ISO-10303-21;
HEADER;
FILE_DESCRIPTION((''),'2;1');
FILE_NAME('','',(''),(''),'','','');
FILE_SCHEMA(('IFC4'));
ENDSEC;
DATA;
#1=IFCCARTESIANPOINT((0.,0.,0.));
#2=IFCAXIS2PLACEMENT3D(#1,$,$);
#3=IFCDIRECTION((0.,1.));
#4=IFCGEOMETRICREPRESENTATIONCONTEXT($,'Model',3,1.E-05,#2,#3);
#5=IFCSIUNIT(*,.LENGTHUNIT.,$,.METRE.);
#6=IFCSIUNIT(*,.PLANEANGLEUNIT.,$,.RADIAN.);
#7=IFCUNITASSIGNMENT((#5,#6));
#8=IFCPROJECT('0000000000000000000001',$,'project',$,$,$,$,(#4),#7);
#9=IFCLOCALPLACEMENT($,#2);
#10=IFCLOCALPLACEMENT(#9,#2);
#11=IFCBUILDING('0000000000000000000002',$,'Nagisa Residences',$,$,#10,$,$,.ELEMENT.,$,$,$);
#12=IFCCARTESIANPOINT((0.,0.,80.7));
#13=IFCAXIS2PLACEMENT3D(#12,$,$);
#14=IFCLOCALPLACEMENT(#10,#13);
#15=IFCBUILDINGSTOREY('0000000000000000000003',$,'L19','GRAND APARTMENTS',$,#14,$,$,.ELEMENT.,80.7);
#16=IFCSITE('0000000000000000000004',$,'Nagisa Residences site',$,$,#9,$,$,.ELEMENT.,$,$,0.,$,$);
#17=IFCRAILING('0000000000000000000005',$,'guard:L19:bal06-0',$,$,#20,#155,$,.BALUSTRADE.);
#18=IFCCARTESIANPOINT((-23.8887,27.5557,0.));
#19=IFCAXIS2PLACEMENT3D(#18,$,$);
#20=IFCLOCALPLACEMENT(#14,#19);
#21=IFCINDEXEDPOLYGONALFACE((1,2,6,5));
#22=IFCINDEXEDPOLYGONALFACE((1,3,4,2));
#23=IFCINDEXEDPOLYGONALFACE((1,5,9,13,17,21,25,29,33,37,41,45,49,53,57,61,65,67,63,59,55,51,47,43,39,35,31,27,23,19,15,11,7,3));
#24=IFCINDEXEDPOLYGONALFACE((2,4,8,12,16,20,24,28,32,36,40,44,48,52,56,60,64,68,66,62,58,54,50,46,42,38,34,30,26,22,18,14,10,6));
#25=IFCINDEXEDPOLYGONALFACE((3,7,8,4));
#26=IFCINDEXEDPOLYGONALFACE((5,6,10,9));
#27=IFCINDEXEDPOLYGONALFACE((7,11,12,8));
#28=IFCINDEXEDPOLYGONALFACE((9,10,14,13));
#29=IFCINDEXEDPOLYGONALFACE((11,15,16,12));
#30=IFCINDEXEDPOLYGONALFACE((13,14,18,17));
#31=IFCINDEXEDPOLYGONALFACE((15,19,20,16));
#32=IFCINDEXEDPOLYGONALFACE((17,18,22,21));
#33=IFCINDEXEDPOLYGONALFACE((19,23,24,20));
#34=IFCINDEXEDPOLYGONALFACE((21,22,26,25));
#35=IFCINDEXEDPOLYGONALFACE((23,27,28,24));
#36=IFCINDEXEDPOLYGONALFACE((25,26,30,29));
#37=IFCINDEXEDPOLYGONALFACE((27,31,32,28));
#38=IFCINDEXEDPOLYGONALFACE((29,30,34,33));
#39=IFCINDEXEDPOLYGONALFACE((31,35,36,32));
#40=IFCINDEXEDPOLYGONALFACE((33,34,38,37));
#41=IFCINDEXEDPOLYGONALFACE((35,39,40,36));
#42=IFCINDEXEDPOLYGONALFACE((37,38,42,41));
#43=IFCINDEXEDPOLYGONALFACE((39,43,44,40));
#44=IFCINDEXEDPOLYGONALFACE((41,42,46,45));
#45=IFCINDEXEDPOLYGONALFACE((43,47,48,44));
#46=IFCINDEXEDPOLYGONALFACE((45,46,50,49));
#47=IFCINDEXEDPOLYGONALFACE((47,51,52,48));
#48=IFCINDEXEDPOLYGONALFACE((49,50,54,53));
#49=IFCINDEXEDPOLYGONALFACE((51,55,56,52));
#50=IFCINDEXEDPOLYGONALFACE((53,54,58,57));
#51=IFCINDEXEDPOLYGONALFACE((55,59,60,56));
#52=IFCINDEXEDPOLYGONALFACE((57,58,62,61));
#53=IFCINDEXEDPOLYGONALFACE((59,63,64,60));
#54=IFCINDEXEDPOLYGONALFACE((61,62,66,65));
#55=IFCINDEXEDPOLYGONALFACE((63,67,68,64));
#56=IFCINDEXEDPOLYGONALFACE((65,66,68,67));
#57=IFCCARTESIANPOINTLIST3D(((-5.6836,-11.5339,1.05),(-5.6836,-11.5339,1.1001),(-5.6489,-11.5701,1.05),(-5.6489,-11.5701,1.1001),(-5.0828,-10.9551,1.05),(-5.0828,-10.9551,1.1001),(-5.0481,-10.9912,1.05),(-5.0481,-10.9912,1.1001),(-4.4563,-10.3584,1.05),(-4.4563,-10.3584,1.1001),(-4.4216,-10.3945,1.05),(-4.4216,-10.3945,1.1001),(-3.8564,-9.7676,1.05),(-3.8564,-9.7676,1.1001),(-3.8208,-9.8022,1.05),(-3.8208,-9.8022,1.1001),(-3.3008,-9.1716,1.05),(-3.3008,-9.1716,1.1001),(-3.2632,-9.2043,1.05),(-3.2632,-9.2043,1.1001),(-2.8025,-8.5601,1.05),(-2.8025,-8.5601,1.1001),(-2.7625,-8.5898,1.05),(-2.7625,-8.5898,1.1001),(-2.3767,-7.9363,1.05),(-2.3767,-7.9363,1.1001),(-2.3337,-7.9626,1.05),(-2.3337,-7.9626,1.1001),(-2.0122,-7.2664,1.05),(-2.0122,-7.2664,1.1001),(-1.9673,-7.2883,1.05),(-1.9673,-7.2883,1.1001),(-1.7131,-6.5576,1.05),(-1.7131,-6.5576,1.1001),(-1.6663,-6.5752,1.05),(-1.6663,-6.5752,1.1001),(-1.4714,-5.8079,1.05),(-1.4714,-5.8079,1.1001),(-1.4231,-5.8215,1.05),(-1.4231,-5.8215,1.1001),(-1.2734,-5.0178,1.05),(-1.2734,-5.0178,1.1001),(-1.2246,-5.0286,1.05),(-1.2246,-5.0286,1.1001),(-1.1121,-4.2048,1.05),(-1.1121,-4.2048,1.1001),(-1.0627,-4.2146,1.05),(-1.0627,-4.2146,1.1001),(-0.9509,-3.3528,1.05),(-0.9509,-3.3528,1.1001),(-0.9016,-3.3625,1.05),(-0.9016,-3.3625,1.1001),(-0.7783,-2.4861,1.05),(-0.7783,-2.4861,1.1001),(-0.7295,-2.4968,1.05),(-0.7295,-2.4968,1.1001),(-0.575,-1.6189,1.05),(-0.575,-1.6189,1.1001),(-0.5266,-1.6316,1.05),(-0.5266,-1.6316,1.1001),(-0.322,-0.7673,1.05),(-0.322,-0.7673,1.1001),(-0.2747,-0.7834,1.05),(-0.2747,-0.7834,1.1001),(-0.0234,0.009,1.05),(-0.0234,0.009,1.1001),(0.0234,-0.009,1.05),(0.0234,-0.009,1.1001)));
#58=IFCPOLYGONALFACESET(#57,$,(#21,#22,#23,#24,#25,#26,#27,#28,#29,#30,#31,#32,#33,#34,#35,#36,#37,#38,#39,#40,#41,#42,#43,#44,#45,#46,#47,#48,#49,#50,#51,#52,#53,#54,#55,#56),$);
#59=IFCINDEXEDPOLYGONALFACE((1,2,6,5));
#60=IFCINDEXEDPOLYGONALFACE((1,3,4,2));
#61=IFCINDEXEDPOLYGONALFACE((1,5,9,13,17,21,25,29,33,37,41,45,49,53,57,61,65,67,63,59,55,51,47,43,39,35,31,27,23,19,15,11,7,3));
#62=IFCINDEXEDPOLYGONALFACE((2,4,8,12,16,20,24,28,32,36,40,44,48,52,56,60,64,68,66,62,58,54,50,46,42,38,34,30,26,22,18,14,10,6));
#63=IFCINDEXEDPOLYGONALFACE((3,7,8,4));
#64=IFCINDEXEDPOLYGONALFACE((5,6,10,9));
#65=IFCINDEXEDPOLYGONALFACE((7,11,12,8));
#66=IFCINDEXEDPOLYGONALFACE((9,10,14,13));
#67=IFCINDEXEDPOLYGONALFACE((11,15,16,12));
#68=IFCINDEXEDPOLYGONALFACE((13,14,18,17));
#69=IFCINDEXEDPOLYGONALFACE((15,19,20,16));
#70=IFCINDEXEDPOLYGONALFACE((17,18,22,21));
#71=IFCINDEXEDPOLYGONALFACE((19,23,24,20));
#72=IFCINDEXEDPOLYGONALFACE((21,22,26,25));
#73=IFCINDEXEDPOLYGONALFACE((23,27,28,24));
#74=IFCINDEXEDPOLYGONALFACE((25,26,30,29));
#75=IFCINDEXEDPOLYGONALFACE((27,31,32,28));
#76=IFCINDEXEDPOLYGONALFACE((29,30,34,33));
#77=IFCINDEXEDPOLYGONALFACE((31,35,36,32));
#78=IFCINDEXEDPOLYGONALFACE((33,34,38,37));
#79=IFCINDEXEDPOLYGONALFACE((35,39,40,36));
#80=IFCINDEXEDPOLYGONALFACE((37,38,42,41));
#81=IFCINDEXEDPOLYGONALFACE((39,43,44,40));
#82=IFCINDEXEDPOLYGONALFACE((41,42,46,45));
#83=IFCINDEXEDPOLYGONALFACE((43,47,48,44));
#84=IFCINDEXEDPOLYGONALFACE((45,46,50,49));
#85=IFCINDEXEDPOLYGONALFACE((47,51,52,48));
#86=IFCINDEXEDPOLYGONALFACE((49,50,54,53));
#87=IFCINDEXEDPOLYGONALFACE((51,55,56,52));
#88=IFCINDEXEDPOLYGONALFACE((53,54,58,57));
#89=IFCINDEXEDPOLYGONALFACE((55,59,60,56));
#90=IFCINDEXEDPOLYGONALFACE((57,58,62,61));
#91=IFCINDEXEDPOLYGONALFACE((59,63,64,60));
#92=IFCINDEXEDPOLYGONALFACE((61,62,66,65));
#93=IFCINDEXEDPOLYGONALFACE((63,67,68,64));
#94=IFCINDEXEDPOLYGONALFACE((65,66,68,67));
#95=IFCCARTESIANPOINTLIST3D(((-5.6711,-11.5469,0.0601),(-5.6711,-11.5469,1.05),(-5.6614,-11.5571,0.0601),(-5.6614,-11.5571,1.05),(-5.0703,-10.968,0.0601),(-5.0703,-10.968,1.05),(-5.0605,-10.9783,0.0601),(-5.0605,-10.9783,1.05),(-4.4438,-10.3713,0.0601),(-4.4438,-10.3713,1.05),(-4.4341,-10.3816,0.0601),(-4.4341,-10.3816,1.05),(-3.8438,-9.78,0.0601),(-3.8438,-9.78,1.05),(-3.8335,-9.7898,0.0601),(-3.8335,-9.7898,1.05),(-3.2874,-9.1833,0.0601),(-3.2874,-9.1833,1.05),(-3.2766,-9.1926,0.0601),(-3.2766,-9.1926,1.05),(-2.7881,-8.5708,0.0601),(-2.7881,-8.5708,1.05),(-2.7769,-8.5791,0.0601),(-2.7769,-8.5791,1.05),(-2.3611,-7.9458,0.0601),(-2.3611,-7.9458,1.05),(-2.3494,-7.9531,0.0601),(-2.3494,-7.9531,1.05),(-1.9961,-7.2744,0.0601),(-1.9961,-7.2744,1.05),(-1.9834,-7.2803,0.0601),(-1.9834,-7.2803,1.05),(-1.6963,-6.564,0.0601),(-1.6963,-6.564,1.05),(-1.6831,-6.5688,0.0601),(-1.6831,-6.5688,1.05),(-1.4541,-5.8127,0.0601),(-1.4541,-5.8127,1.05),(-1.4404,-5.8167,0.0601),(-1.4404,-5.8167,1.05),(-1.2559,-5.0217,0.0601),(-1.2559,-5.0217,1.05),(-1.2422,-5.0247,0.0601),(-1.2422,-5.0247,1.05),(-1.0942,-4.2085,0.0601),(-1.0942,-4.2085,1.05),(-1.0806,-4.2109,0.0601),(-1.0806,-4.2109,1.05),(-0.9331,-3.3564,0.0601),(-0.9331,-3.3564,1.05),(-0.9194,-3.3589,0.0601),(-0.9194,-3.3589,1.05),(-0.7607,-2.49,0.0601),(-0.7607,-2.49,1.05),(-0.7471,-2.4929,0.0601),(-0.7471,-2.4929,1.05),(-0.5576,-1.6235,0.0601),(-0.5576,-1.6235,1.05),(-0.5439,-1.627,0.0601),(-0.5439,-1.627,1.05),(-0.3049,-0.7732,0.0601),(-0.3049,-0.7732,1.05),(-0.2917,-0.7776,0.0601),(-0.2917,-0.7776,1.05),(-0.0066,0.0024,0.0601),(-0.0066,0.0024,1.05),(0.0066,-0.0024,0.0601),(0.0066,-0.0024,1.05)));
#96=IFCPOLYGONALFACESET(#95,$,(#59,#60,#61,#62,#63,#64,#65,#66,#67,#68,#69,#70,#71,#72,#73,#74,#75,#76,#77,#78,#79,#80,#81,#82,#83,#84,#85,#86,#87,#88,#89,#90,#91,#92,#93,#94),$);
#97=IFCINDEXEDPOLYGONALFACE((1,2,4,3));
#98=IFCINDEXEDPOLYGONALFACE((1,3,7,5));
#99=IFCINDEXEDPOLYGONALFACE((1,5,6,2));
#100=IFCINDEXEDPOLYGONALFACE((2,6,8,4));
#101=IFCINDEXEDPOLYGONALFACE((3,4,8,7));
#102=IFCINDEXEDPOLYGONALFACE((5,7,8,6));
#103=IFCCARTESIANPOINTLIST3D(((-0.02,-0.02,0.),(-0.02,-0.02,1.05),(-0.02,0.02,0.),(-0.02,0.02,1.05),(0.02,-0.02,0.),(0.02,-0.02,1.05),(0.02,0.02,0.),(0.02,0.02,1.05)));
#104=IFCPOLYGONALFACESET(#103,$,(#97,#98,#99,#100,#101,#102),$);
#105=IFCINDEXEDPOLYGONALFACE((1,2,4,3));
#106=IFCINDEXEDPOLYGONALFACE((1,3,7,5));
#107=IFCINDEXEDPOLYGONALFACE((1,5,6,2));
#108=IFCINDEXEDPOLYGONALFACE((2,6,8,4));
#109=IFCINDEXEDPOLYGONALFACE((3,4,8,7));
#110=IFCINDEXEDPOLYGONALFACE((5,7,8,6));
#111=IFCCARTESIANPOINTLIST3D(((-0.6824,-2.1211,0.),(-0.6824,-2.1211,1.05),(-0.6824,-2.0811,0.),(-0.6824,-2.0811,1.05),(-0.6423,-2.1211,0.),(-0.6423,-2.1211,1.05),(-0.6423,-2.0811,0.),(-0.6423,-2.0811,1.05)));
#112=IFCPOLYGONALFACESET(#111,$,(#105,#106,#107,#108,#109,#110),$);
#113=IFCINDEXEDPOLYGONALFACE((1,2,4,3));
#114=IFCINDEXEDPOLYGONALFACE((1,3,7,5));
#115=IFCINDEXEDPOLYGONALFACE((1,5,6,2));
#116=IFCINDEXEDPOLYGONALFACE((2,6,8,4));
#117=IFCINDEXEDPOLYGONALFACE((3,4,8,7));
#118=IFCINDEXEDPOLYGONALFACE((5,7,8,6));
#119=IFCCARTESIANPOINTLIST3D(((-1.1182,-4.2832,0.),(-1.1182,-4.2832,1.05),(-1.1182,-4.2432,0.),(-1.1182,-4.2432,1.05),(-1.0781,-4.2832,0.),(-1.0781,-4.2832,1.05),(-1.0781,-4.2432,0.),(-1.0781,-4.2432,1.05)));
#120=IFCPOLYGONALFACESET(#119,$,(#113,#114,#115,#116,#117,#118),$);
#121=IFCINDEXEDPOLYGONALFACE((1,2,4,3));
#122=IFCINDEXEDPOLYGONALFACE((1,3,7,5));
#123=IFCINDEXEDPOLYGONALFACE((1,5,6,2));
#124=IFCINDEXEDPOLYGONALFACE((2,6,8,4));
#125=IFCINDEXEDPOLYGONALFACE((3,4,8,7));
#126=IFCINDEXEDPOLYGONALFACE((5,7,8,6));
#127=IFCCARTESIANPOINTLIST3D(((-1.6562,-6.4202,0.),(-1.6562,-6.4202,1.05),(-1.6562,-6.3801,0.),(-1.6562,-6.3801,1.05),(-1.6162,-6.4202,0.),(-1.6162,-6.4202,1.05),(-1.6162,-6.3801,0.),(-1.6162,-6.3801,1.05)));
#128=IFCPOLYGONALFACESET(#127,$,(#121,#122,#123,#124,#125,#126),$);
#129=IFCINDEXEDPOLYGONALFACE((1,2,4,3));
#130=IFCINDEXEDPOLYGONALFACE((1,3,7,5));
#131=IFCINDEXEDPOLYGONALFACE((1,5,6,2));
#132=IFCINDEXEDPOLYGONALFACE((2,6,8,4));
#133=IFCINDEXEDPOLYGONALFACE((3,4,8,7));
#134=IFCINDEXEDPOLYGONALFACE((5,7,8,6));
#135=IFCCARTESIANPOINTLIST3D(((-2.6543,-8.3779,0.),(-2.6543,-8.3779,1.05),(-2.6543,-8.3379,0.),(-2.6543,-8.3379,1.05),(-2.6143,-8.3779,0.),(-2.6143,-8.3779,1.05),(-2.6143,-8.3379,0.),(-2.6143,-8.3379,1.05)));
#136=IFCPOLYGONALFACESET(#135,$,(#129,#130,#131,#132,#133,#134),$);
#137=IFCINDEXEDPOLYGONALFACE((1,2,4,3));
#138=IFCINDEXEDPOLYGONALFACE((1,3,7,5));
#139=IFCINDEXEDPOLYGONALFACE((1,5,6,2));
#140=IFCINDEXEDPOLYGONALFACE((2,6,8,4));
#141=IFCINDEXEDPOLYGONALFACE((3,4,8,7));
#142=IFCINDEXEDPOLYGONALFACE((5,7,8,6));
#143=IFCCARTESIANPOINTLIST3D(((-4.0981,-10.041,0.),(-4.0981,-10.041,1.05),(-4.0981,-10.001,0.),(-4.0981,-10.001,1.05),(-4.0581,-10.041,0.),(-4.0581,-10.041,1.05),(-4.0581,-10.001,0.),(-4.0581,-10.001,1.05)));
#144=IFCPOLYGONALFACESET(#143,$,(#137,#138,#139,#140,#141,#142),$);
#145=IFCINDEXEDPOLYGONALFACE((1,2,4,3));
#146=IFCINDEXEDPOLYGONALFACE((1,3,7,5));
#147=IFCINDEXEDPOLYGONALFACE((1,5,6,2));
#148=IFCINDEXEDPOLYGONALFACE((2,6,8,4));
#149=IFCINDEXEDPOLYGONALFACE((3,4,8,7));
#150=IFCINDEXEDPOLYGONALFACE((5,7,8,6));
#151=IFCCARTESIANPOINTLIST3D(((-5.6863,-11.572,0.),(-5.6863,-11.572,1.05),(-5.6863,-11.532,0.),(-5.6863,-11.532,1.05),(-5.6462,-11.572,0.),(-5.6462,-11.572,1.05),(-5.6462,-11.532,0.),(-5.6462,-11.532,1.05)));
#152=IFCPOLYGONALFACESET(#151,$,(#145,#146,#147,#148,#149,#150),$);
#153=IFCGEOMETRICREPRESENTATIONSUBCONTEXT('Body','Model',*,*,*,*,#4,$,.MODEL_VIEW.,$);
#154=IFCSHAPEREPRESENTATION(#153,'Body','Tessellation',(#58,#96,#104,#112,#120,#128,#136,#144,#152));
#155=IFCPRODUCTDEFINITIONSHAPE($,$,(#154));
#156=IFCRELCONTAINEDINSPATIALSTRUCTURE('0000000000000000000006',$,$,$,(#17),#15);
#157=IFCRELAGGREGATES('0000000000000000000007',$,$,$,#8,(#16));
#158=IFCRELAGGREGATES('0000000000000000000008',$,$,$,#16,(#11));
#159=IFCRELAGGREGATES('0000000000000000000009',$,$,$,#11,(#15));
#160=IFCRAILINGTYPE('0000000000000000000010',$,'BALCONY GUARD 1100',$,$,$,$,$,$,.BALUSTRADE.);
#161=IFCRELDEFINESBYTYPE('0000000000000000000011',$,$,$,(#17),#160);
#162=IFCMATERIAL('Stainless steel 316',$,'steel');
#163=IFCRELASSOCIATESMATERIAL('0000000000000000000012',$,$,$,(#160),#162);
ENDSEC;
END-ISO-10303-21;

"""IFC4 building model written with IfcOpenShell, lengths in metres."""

from ifc_helpers import new_model, si_unit, direction, frame, origin, origin_2d, place, context, subcontext, project, spatial, polyline, rectangle, outline, extrude, material, type_object, element, save


model = new_model("IFC4")

# Units and contexts
model_context = context("Model", 3, precision=1e-05, world=origin(), true_north=direction((0.0, 1.0)))
body_context = subcontext(model_context, "Body", "Model", "MODEL_VIEW")
ifc_project = project(units=[si_unit("LENGTHUNIT", "METRE"), si_unit("PLANEANGLEUNIT", "RADIAN")], contexts=[model_context])

# Site, building, storey
site_placement = place(None, origin())
site = spatial("IfcSite", under=ifc_project, at=site_placement, Name="Nagisa Residences site", CompositionType="ELEMENT", RefElevation=0.0)
building_placement = place(site_placement, origin())
building = spatial("IfcBuilding", under=site, at=building_placement, Name="Nagisa Residences", CompositionType="ELEMENT")
storey_placement = place(building_placement, frame((0.0, 0.0, 80.7)))
storey = spatial("IfcBuildingStorey", under=building, at=storey_placement, Name="L19", Description="GRAND APARTMENTS", CompositionType="ELEMENT", Elevation=80.7)

# Railing
ifc_material_1 = material(Name="Stainless steel 316", Category="steel")
railing_type = type_object("IfcRailingType", Name="BALCONY GUARD 1100", PredefinedType="BALUSTRADE", material=ifc_material_1)
railing_1_placement = place(storey_placement, frame((-23.8887, 27.5557, 0.0)))
element("IfcRailing", 1, at=railing_1_placement, inside=storey, type_object=railing_type, Name="guard:L19:bal06-0", PredefinedType="BALUSTRADE", context=body_context, shape_type="SweptSolid", body=[
    extrude(outline(polyline([(-0.2747, -0.7834), (0.0234, -0.009), (-0.0234, 0.009), (-0.322, -0.7673), (-0.575, -1.6189), (-0.7783, -2.4861), (-0.9509, -3.3528), (-1.1121, -4.2048), (-1.2734, -5.0178), (-1.4714, -5.8079), (-1.7131, -6.5576), (-2.0122, -7.2664), (-2.3767, -7.9363), (-2.8025, -8.5601), (-3.3008, -9.1716), (-3.8564, -9.7676), (-4.4563, -10.3584), (-5.0828, -10.9551), (-5.6836, -11.5339), (-5.6489, -11.5701), (-5.0481, -10.9912), (-4.4216, -10.3945), (-3.8208, -9.8022), (-3.2632, -9.2043), (-2.7625, -8.5898), (-2.3337, -7.9626), (-1.9673, -7.2883), (-1.6663, -6.5752), (-1.4231, -5.8215), (-1.2246, -5.0286), (-1.0627, -4.2146), (-0.9016, -3.3625), (-0.7295, -2.4968), (-0.5266, -1.6316), (-0.2747, -0.7834)])), frame((0.0, 0.0, 1.05)), (0.0, 0.0, 1.0), 0.05),
    extrude(outline(polyline([(-0.2917, -0.7776), (0.0066, -0.0024), (-0.0066, 0.0024), (-0.3049, -0.7732), (-0.5576, -1.6235), (-0.7607, -2.49), (-0.9331, -3.3564), (-1.0942, -4.2085), (-1.2559, -5.0217), (-1.4541, -5.8127), (-1.6963, -6.564), (-1.9961, -7.2744), (-2.3611, -7.9458), (-2.7881, -8.5708), (-3.2874, -9.1833), (-3.8438, -9.78), (-4.4438, -10.3713), (-5.0703, -10.968), (-5.6711, -11.5469), (-5.6614, -11.5571), (-5.0605, -10.9783), (-4.4341, -10.3816), (-3.8335, -9.7898), (-3.2766, -9.1926), (-2.7769, -8.5791), (-2.3494, -7.9531), (-1.9834, -7.2803), (-1.6831, -6.5688), (-1.4404, -5.8167), (-1.2422, -5.0247), (-1.0806, -4.2109), (-0.9194, -3.3589), (-0.7471, -2.4929), (-0.5439, -1.627), (-0.2917, -0.7776)])), frame((0.0, 0.0, 0.0601)), (0.0, 0.0, 1.0), 0.99),
    extrude(rectangle(XDim=0.04, YDim=0.04, at=origin_2d()), origin(), (0.0, 0.0, 1.0), 1.05),
    extrude(rectangle(XDim=0.04, YDim=0.04, at=origin_2d()), frame((-0.6624, -2.1011, 0.0)), (0.0, 0.0, 1.0), 1.05),
    extrude(rectangle(XDim=0.04, YDim=0.04, at=origin_2d()), frame((-1.0981, -4.2632, 0.0)), (0.0, 0.0, 1.0), 1.05),
    extrude(rectangle(XDim=0.04, YDim=0.04, at=origin_2d()), frame((-1.6362, -6.4001, 0.0)), (0.0, 0.0, 1.0), 1.05),
    extrude(rectangle(XDim=0.04, YDim=0.04, at=origin_2d()), frame((-2.6343, -8.3579, 0.0)), (0.0, 0.0, 1.0), 1.05),
    extrude(rectangle(XDim=0.04, YDim=0.04, at=origin_2d()), frame((-4.0781, -10.021, 0.0)), (0.0, 0.0, 1.0), 1.05),
    extrude(rectangle(XDim=0.04, YDim=0.04, at=origin_2d()), frame((-5.6663, -11.552, 0.0)), (0.0, 0.0, 1.0), 1.05),
])

save(model, "model.ifc")
